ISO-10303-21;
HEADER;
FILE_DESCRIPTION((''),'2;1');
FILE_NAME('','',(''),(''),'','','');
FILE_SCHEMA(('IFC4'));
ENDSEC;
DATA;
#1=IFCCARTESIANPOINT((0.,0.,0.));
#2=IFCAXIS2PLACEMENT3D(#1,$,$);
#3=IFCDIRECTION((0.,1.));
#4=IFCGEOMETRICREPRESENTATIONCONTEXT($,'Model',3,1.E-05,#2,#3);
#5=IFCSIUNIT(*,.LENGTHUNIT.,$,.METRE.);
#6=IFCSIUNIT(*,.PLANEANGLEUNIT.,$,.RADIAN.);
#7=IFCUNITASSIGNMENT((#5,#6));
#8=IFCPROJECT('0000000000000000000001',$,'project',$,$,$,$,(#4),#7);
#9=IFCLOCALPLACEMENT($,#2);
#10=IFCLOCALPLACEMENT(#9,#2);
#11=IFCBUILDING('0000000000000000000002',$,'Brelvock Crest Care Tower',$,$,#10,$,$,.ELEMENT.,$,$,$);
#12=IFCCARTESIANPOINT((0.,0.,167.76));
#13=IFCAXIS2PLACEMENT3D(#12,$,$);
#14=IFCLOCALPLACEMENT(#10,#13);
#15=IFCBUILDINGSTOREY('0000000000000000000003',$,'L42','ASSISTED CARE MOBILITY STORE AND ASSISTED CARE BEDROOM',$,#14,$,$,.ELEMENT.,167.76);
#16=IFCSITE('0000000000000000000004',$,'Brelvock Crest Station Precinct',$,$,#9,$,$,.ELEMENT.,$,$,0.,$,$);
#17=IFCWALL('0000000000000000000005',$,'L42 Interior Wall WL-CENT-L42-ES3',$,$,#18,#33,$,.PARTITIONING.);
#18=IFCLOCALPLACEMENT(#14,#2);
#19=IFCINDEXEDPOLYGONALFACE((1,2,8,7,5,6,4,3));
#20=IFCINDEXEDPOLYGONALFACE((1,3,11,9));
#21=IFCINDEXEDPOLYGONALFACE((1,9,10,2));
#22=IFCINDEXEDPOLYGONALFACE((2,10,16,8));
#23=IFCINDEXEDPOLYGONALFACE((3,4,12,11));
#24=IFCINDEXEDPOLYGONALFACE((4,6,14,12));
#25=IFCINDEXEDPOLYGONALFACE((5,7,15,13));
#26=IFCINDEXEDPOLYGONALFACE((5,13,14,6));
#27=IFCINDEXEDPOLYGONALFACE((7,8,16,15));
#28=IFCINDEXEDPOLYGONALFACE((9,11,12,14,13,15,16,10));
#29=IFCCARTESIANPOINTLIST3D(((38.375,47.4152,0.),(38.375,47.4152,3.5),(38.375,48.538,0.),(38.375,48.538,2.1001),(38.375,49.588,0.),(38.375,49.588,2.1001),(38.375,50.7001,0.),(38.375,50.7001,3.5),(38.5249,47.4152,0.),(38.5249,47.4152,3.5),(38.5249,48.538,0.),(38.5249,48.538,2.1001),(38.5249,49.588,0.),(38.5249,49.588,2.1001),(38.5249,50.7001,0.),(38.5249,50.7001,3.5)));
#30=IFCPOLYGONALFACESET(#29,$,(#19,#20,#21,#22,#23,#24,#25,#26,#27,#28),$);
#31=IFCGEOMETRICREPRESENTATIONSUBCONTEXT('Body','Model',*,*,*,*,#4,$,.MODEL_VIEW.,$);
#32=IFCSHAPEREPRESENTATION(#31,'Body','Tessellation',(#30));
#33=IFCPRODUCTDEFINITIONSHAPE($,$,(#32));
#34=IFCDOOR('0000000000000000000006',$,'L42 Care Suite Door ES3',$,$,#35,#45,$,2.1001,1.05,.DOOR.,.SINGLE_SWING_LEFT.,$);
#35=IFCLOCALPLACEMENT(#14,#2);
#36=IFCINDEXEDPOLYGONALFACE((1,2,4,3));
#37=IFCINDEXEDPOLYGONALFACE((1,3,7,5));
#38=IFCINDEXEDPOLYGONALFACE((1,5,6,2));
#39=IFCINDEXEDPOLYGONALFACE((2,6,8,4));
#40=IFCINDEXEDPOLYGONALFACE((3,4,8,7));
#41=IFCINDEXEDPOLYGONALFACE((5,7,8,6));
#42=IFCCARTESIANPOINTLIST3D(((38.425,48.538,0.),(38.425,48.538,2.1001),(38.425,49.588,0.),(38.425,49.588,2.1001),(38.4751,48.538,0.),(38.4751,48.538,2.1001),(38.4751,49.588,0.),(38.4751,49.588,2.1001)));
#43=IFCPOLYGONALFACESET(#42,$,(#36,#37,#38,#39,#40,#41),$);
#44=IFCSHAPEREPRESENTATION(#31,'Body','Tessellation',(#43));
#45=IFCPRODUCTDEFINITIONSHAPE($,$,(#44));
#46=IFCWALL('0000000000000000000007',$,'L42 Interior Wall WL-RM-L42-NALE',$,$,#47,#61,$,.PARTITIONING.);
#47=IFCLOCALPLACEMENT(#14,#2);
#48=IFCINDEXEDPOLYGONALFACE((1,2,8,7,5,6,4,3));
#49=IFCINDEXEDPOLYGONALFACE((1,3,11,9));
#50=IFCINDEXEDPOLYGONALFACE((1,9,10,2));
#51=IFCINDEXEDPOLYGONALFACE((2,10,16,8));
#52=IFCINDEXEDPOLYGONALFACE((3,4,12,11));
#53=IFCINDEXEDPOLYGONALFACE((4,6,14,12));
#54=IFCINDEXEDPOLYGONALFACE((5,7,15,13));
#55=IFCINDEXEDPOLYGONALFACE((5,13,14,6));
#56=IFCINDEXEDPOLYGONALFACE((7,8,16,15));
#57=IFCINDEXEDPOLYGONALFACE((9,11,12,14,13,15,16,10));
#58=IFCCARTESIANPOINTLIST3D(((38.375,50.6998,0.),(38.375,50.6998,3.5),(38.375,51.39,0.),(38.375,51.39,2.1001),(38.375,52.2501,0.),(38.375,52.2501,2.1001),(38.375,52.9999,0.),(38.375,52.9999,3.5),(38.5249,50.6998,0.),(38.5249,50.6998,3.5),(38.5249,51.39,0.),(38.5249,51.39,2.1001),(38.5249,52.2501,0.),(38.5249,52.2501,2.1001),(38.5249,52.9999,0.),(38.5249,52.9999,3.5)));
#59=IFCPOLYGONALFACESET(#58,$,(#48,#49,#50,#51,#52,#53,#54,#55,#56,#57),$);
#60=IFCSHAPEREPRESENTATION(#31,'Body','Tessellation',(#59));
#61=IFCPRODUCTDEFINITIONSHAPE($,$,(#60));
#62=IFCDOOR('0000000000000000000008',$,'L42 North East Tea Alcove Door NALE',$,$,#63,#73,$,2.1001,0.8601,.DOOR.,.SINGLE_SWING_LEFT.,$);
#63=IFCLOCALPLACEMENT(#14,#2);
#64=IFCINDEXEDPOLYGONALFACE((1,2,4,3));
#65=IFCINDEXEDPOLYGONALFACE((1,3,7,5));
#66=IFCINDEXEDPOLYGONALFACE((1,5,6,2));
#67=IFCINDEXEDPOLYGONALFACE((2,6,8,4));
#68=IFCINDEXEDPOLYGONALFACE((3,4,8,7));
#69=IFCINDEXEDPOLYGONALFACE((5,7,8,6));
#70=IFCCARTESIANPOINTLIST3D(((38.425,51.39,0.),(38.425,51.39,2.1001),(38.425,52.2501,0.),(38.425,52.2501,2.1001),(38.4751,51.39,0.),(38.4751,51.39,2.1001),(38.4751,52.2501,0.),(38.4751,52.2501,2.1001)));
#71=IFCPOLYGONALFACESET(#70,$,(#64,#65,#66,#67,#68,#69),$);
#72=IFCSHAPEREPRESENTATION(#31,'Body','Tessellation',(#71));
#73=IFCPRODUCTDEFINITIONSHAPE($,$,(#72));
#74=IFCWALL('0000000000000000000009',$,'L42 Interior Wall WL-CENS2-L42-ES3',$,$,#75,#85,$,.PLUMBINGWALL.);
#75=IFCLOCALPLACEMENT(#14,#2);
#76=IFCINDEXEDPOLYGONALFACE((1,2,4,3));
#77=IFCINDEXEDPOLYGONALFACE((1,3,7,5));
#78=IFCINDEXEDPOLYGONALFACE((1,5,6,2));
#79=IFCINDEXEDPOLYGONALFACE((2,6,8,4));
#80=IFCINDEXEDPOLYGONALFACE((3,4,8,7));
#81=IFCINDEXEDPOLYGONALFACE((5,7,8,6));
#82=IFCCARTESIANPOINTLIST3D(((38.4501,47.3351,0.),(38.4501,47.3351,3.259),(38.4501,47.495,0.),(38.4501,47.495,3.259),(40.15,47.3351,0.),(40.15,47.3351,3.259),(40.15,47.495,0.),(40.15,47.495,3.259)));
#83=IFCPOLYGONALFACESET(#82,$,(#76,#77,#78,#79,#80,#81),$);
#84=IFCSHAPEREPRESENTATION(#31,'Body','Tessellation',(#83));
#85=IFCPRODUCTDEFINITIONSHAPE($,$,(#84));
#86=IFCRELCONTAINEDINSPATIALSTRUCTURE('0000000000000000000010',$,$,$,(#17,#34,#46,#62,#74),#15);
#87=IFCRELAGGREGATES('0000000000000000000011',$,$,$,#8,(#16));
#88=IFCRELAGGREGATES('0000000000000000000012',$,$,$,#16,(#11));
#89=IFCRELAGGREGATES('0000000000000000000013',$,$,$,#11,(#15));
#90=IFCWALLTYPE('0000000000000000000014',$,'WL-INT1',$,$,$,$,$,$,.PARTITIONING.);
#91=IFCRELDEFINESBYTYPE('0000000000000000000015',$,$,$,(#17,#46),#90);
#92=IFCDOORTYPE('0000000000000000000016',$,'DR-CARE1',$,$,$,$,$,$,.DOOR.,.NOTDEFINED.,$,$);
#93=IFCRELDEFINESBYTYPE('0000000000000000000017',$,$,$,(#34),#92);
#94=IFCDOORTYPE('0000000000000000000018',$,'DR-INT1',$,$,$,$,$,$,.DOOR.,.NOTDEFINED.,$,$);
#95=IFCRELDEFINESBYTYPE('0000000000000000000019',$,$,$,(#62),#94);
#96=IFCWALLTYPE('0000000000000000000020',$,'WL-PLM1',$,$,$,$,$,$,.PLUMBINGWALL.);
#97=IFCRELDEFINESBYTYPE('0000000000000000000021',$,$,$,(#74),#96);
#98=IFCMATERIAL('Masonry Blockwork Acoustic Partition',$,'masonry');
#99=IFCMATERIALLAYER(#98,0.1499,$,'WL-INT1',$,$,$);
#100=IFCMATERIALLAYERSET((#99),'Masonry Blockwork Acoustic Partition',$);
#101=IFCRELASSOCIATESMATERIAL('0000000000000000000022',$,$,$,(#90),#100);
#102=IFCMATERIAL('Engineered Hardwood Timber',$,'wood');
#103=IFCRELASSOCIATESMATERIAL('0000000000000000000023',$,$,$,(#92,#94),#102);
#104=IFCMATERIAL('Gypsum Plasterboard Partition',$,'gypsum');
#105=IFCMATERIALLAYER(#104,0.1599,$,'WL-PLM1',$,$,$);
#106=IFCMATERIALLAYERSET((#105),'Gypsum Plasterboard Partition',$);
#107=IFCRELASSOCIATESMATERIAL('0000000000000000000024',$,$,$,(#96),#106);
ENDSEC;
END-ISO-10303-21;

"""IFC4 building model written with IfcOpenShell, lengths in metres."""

from ifc_helpers import new_model, si_unit, direction, frame, frame_2d, origin, origin_2d, place, context, subcontext, project, spatial, rectangle, extrude, source, transform, mapped, material, layer, layer_set, type_object, element, fill, save


model = new_model("IFC4")

# Units and contexts
model_context = context("Model", 3, precision=1e-05, world=origin(), true_north=direction((0.0, 1.0)))
body_context = subcontext(model_context, "Body", "Model", "MODEL_VIEW")
ifc_project = project(units=[si_unit("LENGTHUNIT", "METRE"), si_unit("PLANEANGLEUNIT", "RADIAN")], contexts=[model_context])

# Site, building, storey
site_placement = place(None, origin())
site = spatial("IfcSite", under=ifc_project, at=site_placement, Name="Brelvock Crest Station Precinct", CompositionType="ELEMENT", RefElevation=0.0)
building_placement = place(site_placement, origin())
building = spatial("IfcBuilding", under=site, at=building_placement, Name="Brelvock Crest Care Tower", CompositionType="ELEMENT")
storey_placement = place(building_placement, frame((0.0, 0.0, 167.76)))
storey = spatial("IfcBuildingStorey", under=building, at=storey_placement, Name="L42", Description="ASSISTED CARE MOBILITY STORE AND ASSISTED CARE BEDROOM", CompositionType="ELEMENT", Elevation=167.76)

# Shared definitions
ifc_material_1 = material(Name="Masonry Blockwork Acoustic Partition", Category="masonry")
ifc_layer_1 = layer(ifc_material_1, 0.1499, Name="WL-INT1")
ifc_layer_set_1 = layer_set([ifc_layer_1], Name="Masonry Blockwork Acoustic Partition")
wall_type_1 = type_object("IfcWallType", Name="WL-INT1", PredefinedType="PARTITIONING", material=ifc_layer_set_1)

# Walls, openings, doors
ifc_material_2 = material(Name="Engineered Hardwood Timber", Category="wood")
door_type_1 = type_object("IfcDoorType", Name="DR-CARE1", OperationType="NOTDEFINED", PredefinedType="DOOR", material=ifc_material_2)
shared_shape_1 = source(origin(), body_context, "Body", "SweptSolid", [
    extrude(rectangle(XDim=1.05, YDim=2.1001, at=origin_2d()), frame((0.5249, 0.0249, 1.05), z_axis=(0.0, -1.0, 0.0), x_axis=(1.0, 0.0, 0.0)), (0.0, 0.0, 1.0), 0.05),
])
door_type_2 = type_object("IfcDoorType", Name="DR-INT1", OperationType="NOTDEFINED", PredefinedType="DOOR", material=ifc_material_2)
shared_shape_2 = source(origin(), body_context, "Body", "SweptSolid", [
    extrude(rectangle(XDim=0.8601, YDim=2.1001, at=origin_2d()), frame((0.4302, 0.0249, 1.05), z_axis=(0.0, -1.0, 0.0), x_axis=(1.0, 0.0, 0.0)), (0.0, 0.0, 1.0), 0.05),
])
wall_1_placement = place(storey_placement, frame((38.45, 47.415, 0.0), z_axis=(0.0, 0.0, 1.0), x_axis=(0.0, 1.0, 0.0)))
wall_1 = element("IfcWall", 1, at=wall_1_placement, inside=storey, type_object=wall_type_1, Name="L42 Interior Wall WL-CENT-L42-ES3", PredefinedType="PARTITIONING", context=body_context, shape_type="SweptSolid", body=[
    extrude(rectangle(XDim=3.2849, YDim=0.1499, at=frame_2d((1.6426, 0.0))), origin(), (0.0, 0.0, 1.0), 3.5),
])
opening_1_placement = place(wall_1_placement, frame((1.123, 0.0, 0.0)))
opening_1 = element("IfcOpeningElement", 2, at=opening_1_placement, cuts=wall_1, PredefinedType="OPENING", context=body_context, shape_type="SweptSolid", body=[
    extrude(rectangle(XDim=1.05, YDim=2.1001, at=origin_2d()), frame((0.5249, 0.085, 1.05), z_axis=(0.0, -1.0, 0.0), x_axis=(1.0, 0.0, 0.0)), (0.0, 0.0, 1.0), 0.1699),
])
door_1_placement = place(opening_1_placement, origin())
door_1 = element("IfcDoor", 3, at=door_1_placement, inside=storey, type_object=door_type_1, Name="L42 Care Suite Door ES3", OperationType="SINGLE_SWING_LEFT", OverallHeight=2.1001, OverallWidth=1.05, PredefinedType="DOOR", context=body_context, shape_type="MappedRepresentation", body=[
    mapped(shared_shape_1, transform((0.0, 0.0, 0.0), x_axis=(1.0, 0.0, 0.0), y_axis=(0.0, 1.0, 0.0), z_axis=(0.0, 0.0, 1.0), scale=1.0)),
])
fill(opening_1, door_1)
wall_2_placement = place(storey_placement, frame((38.45, 50.7, 0.0), z_axis=(0.0, 0.0, 1.0), x_axis=(0.0, 1.0, 0.0)))
wall_2 = element("IfcWall", 4, at=wall_2_placement, inside=storey, type_object=wall_type_1, Name="L42 Interior Wall WL-RM-L42-NALE", PredefinedType="PARTITIONING", context=body_context, shape_type="SweptSolid", body=[
    extrude(rectangle(XDim=2.3, YDim=0.1499, at=frame_2d((1.1499, 0.0))), origin(), (0.0, 0.0, 1.0), 3.5),
])
opening_2_placement = place(wall_2_placement, frame((0.6899, 0.0, 0.0)))
opening_2 = element("IfcOpeningElement", 5, at=opening_2_placement, cuts=wall_2, PredefinedType="OPENING", context=body_context, shape_type="SweptSolid", body=[
    extrude(rectangle(XDim=0.8601, YDim=2.1001, at=origin_2d()), frame((0.4302, 0.085, 1.05), z_axis=(0.0, -1.0, 0.0), x_axis=(1.0, 0.0, 0.0)), (0.0, 0.0, 1.0), 0.1699),
])
door_2_placement = place(opening_2_placement, origin())
door_2 = element("IfcDoor", 6, at=door_2_placement, inside=storey, type_object=door_type_2, Name="L42 North East Tea Alcove Door NALE", OperationType="SINGLE_SWING_LEFT", OverallHeight=2.1001, OverallWidth=0.8601, PredefinedType="DOOR", context=body_context, shape_type="MappedRepresentation", body=[
    mapped(shared_shape_2, transform((0.0, 0.0, 0.0), x_axis=(1.0, 0.0, 0.0), y_axis=(0.0, 1.0, 0.0), z_axis=(0.0, 0.0, 1.0), scale=1.0)),
])
fill(opening_2, door_2)

# Wall
ifc_material_3 = material(Name="Gypsum Plasterboard Partition", Category="gypsum")
ifc_layer_2 = layer(ifc_material_3, 0.1599, Name="WL-PLM1")
ifc_layer_set_2 = layer_set([ifc_layer_2], Name="Gypsum Plasterboard Partition")
wall_type_2 = type_object("IfcWallType", Name="WL-PLM1", PredefinedType="PLUMBINGWALL", material=ifc_layer_set_2)
wall_3_placement = place(storey_placement, frame((38.45, 47.415, 0.0), z_axis=(0.0, 0.0, 1.0), x_axis=(1.0, 0.0, 0.0)))
element("IfcWall", 7, at=wall_3_placement, inside=storey, type_object=wall_type_2, Name="L42 Interior Wall WL-CENS2-L42-ES3", PredefinedType="PLUMBINGWALL", context=body_context, shape_type="SweptSolid", body=[
    extrude(rectangle(XDim=1.7, YDim=0.1599, at=frame_2d((0.8501, 0.0))), origin(), (0.0, 0.0, 1.0), 3.259),
])

save(model, "model.ifc")
